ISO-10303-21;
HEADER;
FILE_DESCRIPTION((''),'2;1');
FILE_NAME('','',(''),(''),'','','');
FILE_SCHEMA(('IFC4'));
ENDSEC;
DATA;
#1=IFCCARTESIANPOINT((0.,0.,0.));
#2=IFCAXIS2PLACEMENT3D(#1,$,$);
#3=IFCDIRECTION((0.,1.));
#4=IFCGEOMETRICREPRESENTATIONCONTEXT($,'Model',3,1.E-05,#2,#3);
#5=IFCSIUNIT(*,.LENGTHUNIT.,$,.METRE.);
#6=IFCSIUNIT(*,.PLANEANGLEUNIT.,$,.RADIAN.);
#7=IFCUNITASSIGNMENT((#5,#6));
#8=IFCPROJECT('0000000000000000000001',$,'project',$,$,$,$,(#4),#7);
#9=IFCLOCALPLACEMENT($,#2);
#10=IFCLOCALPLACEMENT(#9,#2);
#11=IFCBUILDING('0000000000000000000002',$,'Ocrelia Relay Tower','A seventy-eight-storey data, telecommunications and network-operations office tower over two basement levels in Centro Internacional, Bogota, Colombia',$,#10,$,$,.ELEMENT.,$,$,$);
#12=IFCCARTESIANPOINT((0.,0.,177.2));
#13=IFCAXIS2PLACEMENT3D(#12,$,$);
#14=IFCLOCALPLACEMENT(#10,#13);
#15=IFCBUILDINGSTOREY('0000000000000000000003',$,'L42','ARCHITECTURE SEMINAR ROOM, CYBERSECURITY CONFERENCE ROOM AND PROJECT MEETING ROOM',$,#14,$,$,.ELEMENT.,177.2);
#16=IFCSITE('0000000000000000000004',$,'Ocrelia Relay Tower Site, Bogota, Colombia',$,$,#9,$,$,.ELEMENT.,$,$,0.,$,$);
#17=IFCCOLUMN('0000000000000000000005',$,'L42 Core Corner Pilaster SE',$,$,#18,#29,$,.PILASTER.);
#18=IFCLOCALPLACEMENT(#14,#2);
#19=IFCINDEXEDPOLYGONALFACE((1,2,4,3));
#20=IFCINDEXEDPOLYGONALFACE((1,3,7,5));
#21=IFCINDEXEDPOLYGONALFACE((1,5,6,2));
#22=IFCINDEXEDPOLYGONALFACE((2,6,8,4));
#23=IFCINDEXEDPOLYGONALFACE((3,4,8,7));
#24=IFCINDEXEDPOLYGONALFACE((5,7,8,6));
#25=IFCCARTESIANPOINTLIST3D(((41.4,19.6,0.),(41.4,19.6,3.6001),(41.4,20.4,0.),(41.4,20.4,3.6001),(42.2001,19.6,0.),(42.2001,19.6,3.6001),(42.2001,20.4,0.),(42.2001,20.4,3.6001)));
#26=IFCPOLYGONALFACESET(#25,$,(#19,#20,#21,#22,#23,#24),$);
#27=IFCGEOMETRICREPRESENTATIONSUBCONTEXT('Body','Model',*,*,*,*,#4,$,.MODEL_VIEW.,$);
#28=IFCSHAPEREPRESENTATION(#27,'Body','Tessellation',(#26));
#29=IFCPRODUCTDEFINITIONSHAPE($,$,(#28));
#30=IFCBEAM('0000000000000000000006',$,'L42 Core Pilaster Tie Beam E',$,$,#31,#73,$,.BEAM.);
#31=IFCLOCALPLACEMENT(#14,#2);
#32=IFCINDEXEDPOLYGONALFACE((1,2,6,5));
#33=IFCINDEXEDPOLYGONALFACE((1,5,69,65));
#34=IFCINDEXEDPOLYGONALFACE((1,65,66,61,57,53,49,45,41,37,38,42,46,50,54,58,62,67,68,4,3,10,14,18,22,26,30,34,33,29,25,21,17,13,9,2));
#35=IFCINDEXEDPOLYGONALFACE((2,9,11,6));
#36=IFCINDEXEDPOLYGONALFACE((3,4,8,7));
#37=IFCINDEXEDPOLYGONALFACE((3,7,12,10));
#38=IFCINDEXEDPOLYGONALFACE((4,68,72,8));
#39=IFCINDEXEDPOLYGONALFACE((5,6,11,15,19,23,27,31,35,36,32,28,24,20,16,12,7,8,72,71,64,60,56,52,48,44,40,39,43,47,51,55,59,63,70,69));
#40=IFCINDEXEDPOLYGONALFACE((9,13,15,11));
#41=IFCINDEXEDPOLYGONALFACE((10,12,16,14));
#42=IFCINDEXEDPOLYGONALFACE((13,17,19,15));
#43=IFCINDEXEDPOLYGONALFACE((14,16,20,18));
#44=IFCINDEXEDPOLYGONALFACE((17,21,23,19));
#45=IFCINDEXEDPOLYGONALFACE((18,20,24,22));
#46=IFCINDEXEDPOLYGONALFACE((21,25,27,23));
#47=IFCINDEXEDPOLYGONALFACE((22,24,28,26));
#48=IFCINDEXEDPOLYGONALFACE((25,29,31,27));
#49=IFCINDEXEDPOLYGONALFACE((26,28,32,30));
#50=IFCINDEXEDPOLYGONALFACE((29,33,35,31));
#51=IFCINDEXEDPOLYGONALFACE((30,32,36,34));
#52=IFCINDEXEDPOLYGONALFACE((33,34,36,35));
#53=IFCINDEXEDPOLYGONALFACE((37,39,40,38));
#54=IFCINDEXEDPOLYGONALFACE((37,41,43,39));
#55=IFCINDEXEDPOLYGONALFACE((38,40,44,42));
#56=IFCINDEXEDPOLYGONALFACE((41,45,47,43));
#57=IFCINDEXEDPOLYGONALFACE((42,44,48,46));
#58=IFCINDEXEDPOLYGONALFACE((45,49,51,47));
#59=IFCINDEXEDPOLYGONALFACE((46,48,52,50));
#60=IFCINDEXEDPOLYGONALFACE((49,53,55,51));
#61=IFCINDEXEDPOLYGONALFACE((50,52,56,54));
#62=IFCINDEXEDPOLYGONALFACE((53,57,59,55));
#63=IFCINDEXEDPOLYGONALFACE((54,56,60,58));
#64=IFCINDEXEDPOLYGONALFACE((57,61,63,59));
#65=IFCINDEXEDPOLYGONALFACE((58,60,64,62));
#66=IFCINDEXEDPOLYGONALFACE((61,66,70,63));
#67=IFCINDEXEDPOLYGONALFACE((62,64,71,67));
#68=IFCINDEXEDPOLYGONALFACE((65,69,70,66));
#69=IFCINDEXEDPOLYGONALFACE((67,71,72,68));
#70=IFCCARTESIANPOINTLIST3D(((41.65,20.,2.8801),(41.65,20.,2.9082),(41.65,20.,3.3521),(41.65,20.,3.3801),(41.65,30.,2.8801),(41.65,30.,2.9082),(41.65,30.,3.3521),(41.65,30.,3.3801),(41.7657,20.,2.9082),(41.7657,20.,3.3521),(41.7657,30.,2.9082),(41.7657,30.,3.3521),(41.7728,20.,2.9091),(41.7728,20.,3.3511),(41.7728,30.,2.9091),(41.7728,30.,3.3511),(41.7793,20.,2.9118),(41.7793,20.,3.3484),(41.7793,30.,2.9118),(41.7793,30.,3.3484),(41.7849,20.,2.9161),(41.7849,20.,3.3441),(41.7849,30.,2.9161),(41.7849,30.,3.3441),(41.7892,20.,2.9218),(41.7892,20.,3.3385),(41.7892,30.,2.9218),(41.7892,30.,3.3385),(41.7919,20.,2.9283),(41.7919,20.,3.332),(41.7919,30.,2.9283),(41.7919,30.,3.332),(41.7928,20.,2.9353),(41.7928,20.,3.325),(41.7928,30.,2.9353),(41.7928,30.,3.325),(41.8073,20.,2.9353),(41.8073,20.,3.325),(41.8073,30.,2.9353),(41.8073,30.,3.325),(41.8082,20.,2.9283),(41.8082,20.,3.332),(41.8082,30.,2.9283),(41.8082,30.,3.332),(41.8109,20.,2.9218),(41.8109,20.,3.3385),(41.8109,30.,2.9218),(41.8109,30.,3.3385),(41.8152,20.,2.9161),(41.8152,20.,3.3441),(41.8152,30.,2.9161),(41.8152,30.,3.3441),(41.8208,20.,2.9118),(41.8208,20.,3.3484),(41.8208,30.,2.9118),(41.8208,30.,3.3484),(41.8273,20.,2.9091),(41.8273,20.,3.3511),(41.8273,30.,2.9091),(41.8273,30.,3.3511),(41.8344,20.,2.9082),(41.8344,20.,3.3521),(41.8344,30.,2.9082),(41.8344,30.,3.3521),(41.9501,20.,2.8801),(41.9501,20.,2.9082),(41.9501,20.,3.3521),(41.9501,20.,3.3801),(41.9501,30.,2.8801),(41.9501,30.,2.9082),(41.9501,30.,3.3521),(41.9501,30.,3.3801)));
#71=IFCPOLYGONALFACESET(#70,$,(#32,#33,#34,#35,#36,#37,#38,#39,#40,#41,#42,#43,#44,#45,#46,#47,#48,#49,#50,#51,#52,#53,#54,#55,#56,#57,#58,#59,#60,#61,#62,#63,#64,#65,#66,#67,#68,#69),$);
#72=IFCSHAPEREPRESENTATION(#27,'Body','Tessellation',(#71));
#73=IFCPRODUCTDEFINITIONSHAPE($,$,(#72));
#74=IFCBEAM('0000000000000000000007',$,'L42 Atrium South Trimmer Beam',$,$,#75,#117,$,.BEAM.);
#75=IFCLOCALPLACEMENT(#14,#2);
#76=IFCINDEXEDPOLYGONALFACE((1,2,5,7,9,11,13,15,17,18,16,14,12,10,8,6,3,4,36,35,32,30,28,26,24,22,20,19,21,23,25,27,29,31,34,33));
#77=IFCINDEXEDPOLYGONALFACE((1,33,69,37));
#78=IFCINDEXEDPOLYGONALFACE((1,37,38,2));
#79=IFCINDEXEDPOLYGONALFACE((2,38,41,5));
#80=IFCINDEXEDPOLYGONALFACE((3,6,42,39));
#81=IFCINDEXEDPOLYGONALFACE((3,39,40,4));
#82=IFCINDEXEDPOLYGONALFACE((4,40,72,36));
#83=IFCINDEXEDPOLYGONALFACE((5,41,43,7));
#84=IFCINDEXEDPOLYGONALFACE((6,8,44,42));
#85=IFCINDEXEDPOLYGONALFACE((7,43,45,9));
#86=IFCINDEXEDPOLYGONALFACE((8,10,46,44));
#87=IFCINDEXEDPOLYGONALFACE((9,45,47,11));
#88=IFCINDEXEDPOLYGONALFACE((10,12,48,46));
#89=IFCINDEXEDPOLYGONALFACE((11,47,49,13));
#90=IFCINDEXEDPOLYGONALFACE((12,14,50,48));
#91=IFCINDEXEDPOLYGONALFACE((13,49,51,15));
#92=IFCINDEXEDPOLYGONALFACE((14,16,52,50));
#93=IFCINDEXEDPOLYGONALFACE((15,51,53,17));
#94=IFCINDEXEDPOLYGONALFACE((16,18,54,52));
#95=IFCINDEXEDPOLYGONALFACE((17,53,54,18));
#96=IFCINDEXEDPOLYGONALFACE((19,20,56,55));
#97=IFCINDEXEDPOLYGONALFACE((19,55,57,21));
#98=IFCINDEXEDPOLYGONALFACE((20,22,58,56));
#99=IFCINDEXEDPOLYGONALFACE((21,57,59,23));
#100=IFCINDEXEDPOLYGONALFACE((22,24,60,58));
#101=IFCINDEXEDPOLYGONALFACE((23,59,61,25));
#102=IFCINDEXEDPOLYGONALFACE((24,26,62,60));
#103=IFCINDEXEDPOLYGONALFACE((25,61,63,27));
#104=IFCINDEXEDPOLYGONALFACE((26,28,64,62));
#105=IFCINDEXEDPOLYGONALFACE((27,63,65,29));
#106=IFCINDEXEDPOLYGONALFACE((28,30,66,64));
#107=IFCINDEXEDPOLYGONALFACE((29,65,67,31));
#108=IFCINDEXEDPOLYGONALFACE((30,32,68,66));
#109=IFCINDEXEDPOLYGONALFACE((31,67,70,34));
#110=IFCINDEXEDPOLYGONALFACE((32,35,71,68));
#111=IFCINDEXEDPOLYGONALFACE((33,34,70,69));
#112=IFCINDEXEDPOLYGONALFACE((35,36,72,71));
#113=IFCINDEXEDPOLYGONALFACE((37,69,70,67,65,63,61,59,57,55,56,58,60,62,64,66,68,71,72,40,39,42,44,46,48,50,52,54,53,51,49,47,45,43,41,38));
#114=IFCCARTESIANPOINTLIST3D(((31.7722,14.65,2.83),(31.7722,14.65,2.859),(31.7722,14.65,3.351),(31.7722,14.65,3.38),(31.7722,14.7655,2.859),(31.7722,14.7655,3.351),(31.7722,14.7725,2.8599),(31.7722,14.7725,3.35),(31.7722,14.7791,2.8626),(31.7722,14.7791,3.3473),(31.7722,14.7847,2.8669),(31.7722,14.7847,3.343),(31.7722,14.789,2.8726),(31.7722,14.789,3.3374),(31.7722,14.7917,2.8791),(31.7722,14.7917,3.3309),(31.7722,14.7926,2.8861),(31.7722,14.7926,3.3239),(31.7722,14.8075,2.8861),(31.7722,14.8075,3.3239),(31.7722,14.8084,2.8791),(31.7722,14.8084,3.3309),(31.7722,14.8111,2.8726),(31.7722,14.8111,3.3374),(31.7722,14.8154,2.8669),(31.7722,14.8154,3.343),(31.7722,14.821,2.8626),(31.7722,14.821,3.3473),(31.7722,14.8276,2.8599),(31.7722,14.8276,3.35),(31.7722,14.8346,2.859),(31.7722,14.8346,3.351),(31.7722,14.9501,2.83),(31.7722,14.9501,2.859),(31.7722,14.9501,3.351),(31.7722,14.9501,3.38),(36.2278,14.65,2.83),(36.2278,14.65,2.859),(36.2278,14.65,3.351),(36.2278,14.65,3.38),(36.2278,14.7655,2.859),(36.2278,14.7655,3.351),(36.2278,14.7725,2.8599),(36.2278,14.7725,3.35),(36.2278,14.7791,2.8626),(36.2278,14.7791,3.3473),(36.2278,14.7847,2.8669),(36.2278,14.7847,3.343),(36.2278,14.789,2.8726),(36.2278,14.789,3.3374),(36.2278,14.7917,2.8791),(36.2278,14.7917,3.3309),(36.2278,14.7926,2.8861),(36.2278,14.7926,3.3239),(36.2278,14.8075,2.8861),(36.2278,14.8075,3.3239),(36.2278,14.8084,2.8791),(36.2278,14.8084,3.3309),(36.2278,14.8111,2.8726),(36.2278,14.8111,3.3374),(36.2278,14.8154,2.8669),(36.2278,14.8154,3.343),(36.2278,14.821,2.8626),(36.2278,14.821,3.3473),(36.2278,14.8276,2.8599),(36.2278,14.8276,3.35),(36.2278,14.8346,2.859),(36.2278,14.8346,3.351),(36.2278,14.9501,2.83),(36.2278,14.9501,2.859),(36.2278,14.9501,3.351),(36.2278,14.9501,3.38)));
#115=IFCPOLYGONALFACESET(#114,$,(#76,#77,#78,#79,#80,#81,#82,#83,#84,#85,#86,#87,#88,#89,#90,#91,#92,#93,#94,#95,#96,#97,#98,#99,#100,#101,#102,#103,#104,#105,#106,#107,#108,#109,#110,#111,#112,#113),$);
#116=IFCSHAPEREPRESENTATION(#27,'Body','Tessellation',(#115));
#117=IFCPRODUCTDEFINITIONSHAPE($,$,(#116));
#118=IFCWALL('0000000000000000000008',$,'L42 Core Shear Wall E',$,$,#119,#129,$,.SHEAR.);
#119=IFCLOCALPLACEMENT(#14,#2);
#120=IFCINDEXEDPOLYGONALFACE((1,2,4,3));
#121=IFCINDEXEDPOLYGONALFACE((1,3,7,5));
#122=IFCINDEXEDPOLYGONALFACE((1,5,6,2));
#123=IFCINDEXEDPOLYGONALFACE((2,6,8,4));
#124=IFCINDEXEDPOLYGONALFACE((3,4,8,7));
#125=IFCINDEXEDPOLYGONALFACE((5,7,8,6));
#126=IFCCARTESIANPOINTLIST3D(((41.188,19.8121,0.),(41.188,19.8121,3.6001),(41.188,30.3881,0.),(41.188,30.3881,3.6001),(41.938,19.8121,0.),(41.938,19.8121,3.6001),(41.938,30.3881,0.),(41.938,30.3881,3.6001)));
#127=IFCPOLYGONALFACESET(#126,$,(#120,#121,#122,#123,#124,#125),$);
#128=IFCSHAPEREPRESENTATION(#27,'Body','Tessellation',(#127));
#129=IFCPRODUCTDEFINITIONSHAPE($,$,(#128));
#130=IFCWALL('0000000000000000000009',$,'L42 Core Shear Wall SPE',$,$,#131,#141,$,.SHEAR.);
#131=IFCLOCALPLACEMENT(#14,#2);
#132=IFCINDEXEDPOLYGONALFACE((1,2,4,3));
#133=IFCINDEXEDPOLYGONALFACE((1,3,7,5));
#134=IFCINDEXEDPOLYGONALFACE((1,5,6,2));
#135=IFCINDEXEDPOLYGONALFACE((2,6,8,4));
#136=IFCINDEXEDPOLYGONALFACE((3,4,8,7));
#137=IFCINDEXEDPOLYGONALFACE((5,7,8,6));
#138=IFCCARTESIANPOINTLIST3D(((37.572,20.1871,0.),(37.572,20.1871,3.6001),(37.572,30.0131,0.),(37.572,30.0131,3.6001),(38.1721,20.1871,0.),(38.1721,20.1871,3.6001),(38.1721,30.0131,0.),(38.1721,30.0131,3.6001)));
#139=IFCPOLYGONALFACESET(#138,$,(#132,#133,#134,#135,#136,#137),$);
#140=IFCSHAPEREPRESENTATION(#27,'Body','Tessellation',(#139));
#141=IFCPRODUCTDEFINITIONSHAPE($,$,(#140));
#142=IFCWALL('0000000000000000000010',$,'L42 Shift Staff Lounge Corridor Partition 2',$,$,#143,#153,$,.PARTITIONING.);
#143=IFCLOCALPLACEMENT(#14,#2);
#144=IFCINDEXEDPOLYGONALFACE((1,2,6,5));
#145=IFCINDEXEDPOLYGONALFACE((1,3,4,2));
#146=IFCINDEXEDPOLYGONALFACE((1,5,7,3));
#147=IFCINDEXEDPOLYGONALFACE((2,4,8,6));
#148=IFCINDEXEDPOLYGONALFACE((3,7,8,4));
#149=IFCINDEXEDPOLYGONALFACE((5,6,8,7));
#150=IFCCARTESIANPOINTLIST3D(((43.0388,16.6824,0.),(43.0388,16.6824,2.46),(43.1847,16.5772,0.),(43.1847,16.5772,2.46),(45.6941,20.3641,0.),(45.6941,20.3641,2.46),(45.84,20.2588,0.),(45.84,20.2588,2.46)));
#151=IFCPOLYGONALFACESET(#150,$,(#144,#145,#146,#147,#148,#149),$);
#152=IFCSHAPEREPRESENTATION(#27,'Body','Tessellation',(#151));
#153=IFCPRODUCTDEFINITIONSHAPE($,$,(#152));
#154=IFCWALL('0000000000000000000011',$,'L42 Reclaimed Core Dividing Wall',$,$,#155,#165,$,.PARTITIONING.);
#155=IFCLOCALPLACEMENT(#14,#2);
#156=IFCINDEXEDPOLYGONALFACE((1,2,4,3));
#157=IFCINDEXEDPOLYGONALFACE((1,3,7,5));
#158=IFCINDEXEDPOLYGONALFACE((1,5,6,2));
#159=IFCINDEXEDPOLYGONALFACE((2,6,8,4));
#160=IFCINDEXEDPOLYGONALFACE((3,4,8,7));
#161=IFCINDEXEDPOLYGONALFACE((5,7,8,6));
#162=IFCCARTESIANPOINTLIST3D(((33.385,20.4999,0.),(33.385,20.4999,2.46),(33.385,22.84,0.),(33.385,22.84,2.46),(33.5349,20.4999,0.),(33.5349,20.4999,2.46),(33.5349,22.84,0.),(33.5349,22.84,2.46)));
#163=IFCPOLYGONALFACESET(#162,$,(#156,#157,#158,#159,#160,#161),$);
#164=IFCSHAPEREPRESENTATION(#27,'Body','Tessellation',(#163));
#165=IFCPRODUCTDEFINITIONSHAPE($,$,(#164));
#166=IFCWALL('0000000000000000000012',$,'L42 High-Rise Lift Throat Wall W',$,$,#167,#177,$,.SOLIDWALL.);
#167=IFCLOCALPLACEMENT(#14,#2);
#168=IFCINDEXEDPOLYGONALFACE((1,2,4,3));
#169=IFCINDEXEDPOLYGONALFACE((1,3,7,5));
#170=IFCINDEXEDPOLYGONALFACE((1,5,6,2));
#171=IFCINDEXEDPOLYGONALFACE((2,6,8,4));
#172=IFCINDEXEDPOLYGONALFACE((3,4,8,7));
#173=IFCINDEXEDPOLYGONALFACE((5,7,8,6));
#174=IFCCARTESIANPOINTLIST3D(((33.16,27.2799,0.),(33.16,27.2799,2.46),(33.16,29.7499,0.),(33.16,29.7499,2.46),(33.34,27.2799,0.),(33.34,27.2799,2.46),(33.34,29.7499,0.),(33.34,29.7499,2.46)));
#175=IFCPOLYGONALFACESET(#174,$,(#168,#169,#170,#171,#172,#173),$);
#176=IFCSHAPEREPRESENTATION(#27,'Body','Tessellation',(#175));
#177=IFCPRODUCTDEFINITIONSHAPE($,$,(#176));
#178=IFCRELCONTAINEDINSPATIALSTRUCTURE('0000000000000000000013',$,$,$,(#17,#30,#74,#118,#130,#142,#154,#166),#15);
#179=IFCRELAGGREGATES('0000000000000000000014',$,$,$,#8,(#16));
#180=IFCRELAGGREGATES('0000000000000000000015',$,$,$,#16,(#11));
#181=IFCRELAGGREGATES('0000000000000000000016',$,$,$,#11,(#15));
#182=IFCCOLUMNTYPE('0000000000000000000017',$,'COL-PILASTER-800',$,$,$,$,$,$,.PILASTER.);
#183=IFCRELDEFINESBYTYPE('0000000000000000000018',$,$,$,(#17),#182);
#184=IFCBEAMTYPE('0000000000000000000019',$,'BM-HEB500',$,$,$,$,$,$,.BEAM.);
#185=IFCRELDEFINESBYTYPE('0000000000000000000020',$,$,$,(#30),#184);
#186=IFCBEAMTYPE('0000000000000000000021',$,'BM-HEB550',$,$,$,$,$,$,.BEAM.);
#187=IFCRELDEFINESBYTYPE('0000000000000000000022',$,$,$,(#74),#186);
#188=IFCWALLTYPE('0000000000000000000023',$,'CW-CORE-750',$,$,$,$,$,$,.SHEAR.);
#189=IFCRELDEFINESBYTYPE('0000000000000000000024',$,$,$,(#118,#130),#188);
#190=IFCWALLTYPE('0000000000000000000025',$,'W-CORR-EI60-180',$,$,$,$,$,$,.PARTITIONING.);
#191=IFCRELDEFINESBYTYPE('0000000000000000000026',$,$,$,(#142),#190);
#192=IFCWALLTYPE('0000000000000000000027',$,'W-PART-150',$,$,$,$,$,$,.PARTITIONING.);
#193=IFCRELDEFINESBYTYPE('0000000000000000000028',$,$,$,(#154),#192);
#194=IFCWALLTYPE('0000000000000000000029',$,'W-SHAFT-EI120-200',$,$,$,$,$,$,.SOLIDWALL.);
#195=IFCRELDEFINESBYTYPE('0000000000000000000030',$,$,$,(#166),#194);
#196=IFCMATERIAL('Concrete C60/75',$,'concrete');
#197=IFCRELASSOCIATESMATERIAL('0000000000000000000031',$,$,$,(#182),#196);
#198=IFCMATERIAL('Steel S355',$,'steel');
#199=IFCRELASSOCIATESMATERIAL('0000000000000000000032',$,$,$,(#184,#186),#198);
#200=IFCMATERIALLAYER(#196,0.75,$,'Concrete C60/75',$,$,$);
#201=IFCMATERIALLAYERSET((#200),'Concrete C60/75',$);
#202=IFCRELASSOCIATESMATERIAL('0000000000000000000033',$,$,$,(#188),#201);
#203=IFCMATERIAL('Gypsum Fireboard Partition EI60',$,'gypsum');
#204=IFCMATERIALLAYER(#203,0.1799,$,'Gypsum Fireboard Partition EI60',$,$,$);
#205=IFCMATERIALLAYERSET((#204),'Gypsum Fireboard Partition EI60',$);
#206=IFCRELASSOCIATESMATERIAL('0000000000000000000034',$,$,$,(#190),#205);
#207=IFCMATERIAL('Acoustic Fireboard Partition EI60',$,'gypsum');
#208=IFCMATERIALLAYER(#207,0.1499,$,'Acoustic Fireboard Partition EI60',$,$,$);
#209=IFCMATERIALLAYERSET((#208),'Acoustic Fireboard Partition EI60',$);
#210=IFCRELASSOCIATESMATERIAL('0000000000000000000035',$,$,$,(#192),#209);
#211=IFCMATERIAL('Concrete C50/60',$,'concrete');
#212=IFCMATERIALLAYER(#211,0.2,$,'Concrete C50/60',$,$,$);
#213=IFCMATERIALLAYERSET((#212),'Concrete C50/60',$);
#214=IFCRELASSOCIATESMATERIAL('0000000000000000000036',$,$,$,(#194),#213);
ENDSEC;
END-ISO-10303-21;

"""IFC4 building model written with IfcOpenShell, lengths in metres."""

from ifc_helpers import new_model, si_unit, direction, frame, frame_2d, origin, origin_2d, place, context, subcontext, project, spatial, rectangle, i_section, extrude, material, layer, layer_set, material_profile, profile_set, type_object, element, save


model = new_model("IFC4")

# Units and contexts
model_context = context("Model", 3, precision=1e-05, world=origin(), true_north=direction((0.0, 1.0)))
body_context = subcontext(model_context, "Body", "Model", "MODEL_VIEW")
ifc_project = project(units=[si_unit("LENGTHUNIT", "METRE"), si_unit("PLANEANGLEUNIT", "RADIAN")], contexts=[model_context])

# Site, building, storey
site_placement = place(None, origin())
site = spatial("IfcSite", under=ifc_project, at=site_placement, Name="Ocrelia Relay Tower Site, Bogota, Colombia", CompositionType="ELEMENT", RefElevation=0.0)
building_placement = place(site_placement, origin())
building = spatial("IfcBuilding", under=site, at=building_placement, Name="Ocrelia Relay Tower", Description="A seventy-eight-storey data, telecommunications and network-operations office tower over two basement levels in Centro Internacional, Bogota, Colombia", CompositionType="ELEMENT")
storey_placement = place(building_placement, frame((0.0, 0.0, 177.2)))
storey = spatial("IfcBuildingStorey", under=building, at=storey_placement, Name="L42", Description="ARCHITECTURE SEMINAR ROOM, CYBERSECURITY CONFERENCE ROOM AND PROJECT MEETING ROOM", CompositionType="ELEMENT", Elevation=177.2)

# Column
ifc_material_1 = material(Name="Concrete C60/75", Category="concrete")
ifc_material_profile_1 = material_profile(ifc_material_1, rectangle(XDim=0.8, YDim=0.8, at=origin_2d()), Name="RC-COL-800x800")
ifc_profile_set_1 = profile_set([ifc_material_profile_1], Name="Concrete C60/75")
column_type = type_object("IfcColumnType", Name="COL-PILASTER-800", PredefinedType="PILASTER", material=ifc_profile_set_1)
column_placement = place(storey_placement, frame((41.8, 20.0, 0.0), z_axis=(0.0, 0.0, 1.0), x_axis=(1.0, 0.0, 0.0)))
element("IfcColumn", 1, at=column_placement, inside=storey, type_object=column_type, Name="L42 Core Corner Pilaster SE", PredefinedType="PILASTER", context=body_context, shape_type="SweptSolid", body=[
    extrude(rectangle(XDim=0.8, YDim=0.8, at=origin_2d()), origin(), (0.0, 0.0, 1.0), 3.6001),
])

# Beams
ifc_material_2 = material(Name="Steel S355", Category="steel")
ifc_material_profile_2 = material_profile(ifc_material_2, i_section(OverallWidth=0.3, OverallDepth=0.5, WebThickness=0.0144, FlangeThickness=0.0281, FilletRadius=0.0271, at=origin_2d()), Name="HEB 500")
ifc_profile_set_2 = profile_set([ifc_material_profile_2], Name="Steel S355")
beam_type_1 = type_object("IfcBeamType", Name="BM-HEB500", PredefinedType="BEAM", material=ifc_profile_set_2)
beam_1_placement = place(storey_placement, frame((41.8, 20.0, 3.1301), z_axis=(0.0, 1.0, 0.0), x_axis=(-1.0, 0.0, 0.0)))
element("IfcBeam", 2, at=beam_1_placement, inside=storey, type_object=beam_type_1, Name="L42 Core Pilaster Tie Beam E", PredefinedType="BEAM", context=body_context, shape_type="SweptSolid", body=[
    extrude(i_section(OverallWidth=0.3, OverallDepth=0.5, WebThickness=0.0144, FlangeThickness=0.0281, FilletRadius=0.0271, at=origin_2d()), origin(), (0.0, 0.0, 1.0), 10.0),
])
ifc_material_profile_3 = material_profile(ifc_material_2, i_section(OverallWidth=0.3, OverallDepth=0.55, WebThickness=0.0149, FlangeThickness=0.0291, FilletRadius=0.0271, at=origin_2d()), Name="HEB 550")
ifc_profile_set_3 = profile_set([ifc_material_profile_3], Name="Steel S355")
beam_type_2 = type_object("IfcBeamType", Name="BM-HEB550", PredefinedType="BEAM", material=ifc_profile_set_3)
beam_2_placement = place(storey_placement, frame((31.7722, 14.8, 3.105), z_axis=(1.0, 0.0, 0.0), x_axis=(0.0, 1.0, 0.0)))
element("IfcBeam", 3, at=beam_2_placement, inside=storey, type_object=beam_type_2, Name="L42 Atrium South Trimmer Beam", PredefinedType="BEAM", context=body_context, shape_type="SweptSolid", body=[
    extrude(i_section(OverallWidth=0.3, OverallDepth=0.55, WebThickness=0.0149, FlangeThickness=0.0291, FilletRadius=0.0271, at=origin_2d()), origin(), (0.0, 0.0, 1.0), 4.4556),
])

# Walls
ifc_layer_1 = layer(ifc_material_1, 0.75, Name="Concrete C60/75")
ifc_layer_set_1 = layer_set([ifc_layer_1], Name="Concrete C60/75")
wall_type_1 = type_object("IfcWallType", Name="CW-CORE-750", PredefinedType="SHEAR", material=ifc_layer_set_1)
wall_1_placement = place(storey_placement, frame((41.563, 19.812, 0.0), z_axis=(0.0, 0.0, 1.0), x_axis=(0.0, 1.0, 0.0)))
element("IfcWall", 4, at=wall_1_placement, inside=storey, type_object=wall_type_1, Name="L42 Core Shear Wall E", PredefinedType="SHEAR", context=body_context, shape_type="SweptSolid", body=[
    extrude(rectangle(XDim=10.5759, YDim=0.75, at=frame_2d((5.2881, 0.0))), origin(), (0.0, 0.0, 1.0), 3.6001),
])
wall_2_placement = place(storey_placement, frame((37.8721, 20.187, 0.0), z_axis=(0.0, 0.0, 1.0), x_axis=(0.0, 1.0, 0.0)))
element("IfcWall", 5, at=wall_2_placement, inside=storey, type_object=wall_type_1, Name="L42 Core Shear Wall SPE", PredefinedType="SHEAR", context=body_context, shape_type="SweptSolid", body=[
    extrude(rectangle(XDim=9.8259, YDim=0.6001, at=frame_2d((4.9131, 0.0))), origin(), (0.0, 0.0, 1.0), 3.6001),
])
ifc_material_3 = material(Name="Gypsum Fireboard Partition EI60", Category="gypsum")
ifc_layer_2 = layer(ifc_material_3, 0.1799, Name="Gypsum Fireboard Partition EI60")
ifc_layer_set_2 = layer_set([ifc_layer_2], Name="Gypsum Fireboard Partition EI60")
wall_type_2 = type_object("IfcWallType", Name="W-CORR-EI60-180", PredefinedType="PARTITIONING", material=ifc_layer_set_2)
wall_3_placement = place(storey_placement, frame((43.1118, 16.6299, 0.0), z_axis=(0.0, 0.0, 1.0), x_axis=(0.584956, 0.811065, 0.0)))
element("IfcWall", 6, at=wall_3_placement, inside=storey, type_object=wall_type_2, Name="L42 Shift Staff Lounge Corridor Partition 2", PredefinedType="PARTITIONING", context=body_context, shape_type="SweptSolid", body=[
    extrude(rectangle(XDim=4.5393, YDim=0.1799, at=frame_2d((2.2695, 0.0))), origin(), (0.0, 0.0, 1.0), 2.46),
])
ifc_material_4 = material(Name="Acoustic Fireboard Partition EI60", Category="gypsum")
ifc_layer_3 = layer(ifc_material_4, 0.1499, Name="Acoustic Fireboard Partition EI60")
ifc_layer_set_3 = layer_set([ifc_layer_3], Name="Acoustic Fireboard Partition EI60")
wall_type_3 = type_object("IfcWallType", Name="W-PART-150", PredefinedType="PARTITIONING", material=ifc_layer_set_3)
wall_4_placement = place(storey_placement, frame((33.46, 20.5, 0.0), z_axis=(0.0, 0.0, 1.0), x_axis=(0.0, 1.0, 0.0)))
element("IfcWall", 7, at=wall_4_placement, inside=storey, type_object=wall_type_3, Name="L42 Reclaimed Core Dividing Wall", PredefinedType="PARTITIONING", context=body_context, shape_type="SweptSolid", body=[
    extrude(rectangle(XDim=2.3401, YDim=0.1499, at=frame_2d((1.1699, 0.0))), origin(), (0.0, 0.0, 1.0), 2.46),
])
ifc_material_5 = material(Name="Concrete C50/60", Category="concrete")
ifc_layer_4 = layer(ifc_material_5, 0.2, Name="Concrete C50/60")
ifc_layer_set_4 = layer_set([ifc_layer_4], Name="Concrete C50/60")
wall_type_4 = type_object("IfcWallType", Name="W-SHAFT-EI120-200", PredefinedType="SOLIDWALL", material=ifc_layer_set_4)
wall_5_placement = place(storey_placement, frame((33.25, 27.28, 0.0), z_axis=(0.0, 0.0, 1.0), x_axis=(0.0, 1.0, 0.0)))
element("IfcWall", 8, at=wall_5_placement, inside=storey, type_object=wall_type_4, Name="L42 High-Rise Lift Throat Wall W", PredefinedType="SOLIDWALL", context=body_context, shape_type="SweptSolid", body=[
    extrude(rectangle(XDim=2.47, YDim=0.1799, at=frame_2d((1.2349, 0.0))), origin(), (0.0, 0.0, 1.0), 2.46),
])

save(model, "model.ifc")
